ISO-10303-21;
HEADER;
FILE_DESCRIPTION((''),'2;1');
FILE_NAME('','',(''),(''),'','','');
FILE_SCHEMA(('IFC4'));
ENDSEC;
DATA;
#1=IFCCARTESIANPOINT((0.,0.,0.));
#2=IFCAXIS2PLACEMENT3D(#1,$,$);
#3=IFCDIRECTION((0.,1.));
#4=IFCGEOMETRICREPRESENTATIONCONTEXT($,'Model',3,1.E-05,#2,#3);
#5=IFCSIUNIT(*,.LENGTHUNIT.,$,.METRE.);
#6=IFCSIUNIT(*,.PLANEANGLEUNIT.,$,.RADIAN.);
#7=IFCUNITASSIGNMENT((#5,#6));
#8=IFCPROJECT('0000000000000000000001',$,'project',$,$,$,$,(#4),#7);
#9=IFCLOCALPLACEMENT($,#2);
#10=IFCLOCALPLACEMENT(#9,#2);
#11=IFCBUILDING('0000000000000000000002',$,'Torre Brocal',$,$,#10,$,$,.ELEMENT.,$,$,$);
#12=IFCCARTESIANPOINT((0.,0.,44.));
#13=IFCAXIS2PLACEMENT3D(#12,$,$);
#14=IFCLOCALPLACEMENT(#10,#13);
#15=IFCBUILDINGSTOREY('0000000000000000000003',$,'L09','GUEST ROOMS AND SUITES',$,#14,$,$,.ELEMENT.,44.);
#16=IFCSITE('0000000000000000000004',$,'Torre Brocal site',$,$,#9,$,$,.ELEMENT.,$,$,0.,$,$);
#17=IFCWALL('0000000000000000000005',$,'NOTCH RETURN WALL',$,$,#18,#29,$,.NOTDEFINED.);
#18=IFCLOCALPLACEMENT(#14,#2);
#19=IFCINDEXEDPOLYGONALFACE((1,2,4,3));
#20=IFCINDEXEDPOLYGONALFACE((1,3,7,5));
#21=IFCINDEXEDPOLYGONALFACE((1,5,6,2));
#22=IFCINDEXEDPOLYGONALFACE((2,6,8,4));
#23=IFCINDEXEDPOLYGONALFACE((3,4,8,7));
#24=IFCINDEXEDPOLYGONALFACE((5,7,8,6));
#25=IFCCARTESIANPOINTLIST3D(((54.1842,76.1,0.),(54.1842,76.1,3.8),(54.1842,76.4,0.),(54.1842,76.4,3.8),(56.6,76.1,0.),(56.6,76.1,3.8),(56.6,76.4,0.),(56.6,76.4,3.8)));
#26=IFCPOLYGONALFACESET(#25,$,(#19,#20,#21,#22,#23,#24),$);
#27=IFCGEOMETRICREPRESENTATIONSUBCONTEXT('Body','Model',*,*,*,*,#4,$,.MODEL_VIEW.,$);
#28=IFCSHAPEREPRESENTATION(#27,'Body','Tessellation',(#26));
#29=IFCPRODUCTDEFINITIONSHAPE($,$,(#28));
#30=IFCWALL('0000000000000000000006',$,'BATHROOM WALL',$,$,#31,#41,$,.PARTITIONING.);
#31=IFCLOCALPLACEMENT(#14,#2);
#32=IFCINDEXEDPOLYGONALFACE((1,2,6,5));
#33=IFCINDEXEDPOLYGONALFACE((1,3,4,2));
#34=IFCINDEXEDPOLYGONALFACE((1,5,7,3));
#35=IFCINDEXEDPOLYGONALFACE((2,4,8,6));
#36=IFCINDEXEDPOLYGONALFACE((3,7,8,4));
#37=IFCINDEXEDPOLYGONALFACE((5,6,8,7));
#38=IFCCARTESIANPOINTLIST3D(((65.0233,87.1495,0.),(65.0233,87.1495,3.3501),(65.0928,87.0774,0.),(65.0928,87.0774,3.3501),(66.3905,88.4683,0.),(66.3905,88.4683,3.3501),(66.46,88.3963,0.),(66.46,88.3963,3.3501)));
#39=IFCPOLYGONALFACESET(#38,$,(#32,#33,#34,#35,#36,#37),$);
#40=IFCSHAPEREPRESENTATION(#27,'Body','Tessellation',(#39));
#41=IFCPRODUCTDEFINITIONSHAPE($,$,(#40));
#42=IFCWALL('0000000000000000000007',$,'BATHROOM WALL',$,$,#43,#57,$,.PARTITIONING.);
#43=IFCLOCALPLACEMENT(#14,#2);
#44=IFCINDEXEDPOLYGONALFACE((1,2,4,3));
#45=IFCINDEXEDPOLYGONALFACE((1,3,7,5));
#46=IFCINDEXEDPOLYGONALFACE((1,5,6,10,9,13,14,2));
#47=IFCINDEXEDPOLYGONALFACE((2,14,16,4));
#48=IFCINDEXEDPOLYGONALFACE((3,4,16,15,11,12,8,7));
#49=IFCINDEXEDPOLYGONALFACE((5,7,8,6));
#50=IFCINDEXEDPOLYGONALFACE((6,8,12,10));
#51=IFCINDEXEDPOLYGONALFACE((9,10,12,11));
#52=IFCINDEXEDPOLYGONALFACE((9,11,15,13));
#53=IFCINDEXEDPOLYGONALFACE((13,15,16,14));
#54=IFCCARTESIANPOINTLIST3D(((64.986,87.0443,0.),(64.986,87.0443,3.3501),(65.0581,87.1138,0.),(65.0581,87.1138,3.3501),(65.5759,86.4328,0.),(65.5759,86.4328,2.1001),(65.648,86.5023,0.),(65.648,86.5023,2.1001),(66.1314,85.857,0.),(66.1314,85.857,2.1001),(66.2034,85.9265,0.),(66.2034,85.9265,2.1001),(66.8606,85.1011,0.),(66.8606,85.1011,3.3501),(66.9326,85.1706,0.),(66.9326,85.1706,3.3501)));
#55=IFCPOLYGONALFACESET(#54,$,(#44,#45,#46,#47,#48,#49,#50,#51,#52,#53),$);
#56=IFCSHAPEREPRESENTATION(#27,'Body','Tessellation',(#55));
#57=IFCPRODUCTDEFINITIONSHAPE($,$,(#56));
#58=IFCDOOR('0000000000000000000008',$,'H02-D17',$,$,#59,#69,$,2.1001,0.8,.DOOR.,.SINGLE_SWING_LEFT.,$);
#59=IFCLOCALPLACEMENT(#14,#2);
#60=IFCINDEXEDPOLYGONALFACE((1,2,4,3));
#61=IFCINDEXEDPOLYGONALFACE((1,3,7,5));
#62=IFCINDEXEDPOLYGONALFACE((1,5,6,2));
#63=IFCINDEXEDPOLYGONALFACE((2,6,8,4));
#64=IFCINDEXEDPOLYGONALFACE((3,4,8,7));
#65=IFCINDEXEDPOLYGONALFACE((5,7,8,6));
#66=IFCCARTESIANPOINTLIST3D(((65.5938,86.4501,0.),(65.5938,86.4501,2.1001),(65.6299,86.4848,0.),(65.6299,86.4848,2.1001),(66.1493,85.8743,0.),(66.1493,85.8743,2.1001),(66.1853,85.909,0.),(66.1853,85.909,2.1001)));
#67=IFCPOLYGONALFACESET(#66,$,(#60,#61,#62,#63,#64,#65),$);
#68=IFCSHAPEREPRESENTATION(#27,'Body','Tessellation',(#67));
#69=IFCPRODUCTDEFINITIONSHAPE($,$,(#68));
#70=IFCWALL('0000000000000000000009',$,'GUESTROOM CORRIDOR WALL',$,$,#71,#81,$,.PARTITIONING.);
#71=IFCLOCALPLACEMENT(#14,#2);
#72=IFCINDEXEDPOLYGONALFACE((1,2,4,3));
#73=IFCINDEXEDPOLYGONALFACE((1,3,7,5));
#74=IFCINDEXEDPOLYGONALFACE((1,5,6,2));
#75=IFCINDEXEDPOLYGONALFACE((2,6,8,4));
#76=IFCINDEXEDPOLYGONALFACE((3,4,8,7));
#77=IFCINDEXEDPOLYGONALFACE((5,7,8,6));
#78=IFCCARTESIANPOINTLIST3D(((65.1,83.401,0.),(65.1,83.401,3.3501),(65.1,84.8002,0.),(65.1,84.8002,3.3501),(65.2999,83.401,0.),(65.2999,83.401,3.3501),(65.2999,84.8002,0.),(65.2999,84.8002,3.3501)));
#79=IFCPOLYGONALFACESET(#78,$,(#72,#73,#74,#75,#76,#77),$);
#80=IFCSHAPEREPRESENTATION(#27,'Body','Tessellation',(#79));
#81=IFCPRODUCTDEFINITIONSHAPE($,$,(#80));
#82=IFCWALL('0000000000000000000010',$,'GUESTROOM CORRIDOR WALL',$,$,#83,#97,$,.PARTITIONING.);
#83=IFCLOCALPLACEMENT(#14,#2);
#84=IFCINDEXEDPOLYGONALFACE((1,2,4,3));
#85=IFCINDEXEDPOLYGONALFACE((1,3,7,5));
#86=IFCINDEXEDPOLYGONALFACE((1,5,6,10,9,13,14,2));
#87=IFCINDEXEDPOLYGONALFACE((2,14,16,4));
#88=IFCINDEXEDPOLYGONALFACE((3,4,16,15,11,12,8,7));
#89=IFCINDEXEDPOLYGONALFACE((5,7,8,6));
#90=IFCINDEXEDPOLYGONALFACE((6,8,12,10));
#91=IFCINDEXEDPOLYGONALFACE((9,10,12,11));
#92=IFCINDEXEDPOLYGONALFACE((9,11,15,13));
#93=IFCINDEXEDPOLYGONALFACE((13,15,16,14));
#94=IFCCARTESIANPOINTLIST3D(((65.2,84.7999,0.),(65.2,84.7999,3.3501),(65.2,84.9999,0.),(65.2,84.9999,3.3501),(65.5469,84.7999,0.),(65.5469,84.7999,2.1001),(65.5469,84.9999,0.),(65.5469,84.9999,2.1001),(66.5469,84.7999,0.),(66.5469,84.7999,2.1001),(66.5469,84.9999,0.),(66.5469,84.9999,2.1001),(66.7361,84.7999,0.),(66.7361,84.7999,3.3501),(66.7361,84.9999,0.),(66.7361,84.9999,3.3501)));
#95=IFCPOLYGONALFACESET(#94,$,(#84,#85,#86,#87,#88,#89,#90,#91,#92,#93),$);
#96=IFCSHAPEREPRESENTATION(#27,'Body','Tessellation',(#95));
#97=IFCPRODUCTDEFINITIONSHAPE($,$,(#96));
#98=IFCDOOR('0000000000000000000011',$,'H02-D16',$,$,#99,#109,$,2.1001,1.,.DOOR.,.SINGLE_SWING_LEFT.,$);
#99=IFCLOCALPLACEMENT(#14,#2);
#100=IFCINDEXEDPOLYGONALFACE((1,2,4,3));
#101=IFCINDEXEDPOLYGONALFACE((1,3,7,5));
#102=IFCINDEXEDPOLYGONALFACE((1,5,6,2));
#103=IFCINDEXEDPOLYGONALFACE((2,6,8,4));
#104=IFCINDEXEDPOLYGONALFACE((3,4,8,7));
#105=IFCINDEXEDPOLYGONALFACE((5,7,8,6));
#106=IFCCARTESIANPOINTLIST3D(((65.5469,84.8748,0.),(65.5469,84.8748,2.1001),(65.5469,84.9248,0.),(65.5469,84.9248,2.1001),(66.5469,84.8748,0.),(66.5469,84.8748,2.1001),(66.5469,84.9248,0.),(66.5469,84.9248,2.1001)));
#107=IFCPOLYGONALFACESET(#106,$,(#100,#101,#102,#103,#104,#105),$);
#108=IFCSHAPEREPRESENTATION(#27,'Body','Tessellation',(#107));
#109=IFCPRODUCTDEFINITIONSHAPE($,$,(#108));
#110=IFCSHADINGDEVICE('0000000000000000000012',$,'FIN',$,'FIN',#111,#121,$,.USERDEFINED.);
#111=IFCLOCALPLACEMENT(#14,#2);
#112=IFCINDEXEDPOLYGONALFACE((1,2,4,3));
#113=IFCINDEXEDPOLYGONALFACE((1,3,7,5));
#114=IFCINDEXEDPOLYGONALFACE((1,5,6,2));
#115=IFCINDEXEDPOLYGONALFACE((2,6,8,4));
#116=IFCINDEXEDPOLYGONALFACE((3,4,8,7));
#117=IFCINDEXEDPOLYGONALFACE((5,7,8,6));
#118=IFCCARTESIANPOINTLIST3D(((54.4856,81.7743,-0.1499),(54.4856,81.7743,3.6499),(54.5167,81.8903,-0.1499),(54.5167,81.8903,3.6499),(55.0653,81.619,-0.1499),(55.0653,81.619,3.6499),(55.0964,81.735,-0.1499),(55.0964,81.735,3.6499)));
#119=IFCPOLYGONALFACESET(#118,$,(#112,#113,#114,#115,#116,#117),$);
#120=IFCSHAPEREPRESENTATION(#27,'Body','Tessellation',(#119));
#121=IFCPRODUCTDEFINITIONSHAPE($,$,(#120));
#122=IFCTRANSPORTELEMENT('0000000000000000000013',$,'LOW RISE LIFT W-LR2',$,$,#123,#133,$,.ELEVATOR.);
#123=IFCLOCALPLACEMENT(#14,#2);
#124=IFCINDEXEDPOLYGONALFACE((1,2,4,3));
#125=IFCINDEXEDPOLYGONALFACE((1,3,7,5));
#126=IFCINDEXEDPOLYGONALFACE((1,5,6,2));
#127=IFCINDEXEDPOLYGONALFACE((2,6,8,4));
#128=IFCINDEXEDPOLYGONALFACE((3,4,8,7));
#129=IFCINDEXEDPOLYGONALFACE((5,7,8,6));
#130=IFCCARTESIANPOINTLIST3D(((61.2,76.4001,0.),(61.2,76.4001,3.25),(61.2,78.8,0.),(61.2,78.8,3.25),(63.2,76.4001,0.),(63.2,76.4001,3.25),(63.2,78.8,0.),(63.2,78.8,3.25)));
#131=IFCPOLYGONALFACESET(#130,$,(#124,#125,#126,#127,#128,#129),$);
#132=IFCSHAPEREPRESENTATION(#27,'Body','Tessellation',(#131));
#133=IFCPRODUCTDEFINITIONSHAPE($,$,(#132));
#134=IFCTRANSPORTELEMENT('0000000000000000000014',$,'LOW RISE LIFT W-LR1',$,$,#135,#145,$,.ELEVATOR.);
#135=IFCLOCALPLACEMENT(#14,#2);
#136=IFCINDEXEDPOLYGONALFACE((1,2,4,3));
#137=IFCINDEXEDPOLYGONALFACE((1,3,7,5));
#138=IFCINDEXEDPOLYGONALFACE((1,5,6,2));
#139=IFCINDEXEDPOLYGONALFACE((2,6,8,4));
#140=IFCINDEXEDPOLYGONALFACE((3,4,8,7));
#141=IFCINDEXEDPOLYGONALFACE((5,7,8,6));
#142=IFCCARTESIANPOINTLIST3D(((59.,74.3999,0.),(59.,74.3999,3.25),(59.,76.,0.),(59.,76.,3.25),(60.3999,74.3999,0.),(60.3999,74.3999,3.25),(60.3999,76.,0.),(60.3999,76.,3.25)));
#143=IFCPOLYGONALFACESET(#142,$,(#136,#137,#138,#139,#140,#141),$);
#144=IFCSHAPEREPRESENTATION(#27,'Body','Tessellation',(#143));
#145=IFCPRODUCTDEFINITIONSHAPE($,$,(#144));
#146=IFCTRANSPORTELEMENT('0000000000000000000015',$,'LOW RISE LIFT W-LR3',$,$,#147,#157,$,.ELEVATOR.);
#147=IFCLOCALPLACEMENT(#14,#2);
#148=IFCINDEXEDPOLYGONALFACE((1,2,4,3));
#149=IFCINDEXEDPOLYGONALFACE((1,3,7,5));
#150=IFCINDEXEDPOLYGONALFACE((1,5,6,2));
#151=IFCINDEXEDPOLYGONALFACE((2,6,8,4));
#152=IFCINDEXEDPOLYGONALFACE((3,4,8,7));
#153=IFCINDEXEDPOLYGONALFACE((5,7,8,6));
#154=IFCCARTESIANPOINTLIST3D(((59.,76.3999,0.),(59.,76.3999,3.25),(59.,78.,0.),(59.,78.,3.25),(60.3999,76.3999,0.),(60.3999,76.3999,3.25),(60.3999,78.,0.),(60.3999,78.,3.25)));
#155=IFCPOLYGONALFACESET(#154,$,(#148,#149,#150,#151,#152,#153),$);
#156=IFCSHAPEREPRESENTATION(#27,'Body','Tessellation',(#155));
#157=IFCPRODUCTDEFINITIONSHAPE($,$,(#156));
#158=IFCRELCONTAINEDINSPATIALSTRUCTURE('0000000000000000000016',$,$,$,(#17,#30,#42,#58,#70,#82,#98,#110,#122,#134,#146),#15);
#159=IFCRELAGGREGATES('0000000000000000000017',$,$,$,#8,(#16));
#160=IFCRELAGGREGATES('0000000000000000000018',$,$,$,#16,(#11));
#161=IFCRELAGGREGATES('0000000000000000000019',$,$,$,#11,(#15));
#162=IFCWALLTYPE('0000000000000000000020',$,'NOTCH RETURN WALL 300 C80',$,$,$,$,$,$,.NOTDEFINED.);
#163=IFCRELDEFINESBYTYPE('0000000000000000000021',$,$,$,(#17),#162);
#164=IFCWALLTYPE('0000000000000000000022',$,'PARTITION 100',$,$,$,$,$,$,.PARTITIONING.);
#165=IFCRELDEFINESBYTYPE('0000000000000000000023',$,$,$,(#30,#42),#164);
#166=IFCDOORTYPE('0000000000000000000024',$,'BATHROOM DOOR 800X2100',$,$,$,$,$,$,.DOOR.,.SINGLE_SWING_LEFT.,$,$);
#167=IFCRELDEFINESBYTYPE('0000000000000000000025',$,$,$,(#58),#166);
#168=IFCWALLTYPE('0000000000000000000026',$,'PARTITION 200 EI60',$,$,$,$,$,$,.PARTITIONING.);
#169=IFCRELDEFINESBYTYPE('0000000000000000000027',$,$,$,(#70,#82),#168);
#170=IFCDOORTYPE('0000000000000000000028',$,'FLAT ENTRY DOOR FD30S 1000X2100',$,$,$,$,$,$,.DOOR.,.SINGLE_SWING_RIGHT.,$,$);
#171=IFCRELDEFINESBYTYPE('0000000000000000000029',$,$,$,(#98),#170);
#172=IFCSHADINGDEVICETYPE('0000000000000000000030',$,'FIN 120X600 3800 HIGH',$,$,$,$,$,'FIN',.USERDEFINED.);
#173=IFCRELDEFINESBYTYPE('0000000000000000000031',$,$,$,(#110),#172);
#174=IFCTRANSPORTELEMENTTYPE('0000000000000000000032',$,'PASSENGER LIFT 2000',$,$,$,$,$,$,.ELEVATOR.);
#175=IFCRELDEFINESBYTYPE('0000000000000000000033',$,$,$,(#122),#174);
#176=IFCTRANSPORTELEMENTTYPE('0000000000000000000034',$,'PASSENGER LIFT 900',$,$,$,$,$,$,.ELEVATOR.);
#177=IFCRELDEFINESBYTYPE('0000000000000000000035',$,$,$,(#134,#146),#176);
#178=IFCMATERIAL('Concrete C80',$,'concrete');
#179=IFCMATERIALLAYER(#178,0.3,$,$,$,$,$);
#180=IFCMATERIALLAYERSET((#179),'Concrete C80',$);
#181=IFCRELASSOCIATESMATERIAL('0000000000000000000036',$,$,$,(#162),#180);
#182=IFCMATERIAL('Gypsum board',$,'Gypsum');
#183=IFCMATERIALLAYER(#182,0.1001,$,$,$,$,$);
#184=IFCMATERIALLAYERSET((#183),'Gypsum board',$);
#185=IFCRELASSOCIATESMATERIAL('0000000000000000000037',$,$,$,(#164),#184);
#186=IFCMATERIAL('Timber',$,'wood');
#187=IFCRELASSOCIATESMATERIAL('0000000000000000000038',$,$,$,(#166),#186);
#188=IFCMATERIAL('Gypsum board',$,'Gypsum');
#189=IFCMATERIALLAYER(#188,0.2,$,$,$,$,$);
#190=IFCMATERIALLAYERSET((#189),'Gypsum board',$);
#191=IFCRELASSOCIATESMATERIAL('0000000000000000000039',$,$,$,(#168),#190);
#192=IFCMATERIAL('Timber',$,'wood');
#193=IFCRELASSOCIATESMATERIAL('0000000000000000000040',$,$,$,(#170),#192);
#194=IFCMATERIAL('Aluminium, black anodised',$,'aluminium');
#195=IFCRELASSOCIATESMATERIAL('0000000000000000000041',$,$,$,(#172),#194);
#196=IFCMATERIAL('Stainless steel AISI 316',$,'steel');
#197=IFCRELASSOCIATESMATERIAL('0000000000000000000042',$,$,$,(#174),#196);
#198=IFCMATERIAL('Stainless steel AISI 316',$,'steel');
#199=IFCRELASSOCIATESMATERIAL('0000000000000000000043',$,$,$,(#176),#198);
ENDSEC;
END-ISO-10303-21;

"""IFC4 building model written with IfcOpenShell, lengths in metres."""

from ifc_helpers import new_model, si_unit, direction, frame, frame_2d, origin, origin_2d, place, context, subcontext, project, spatial, rectangle, extrude, material, layer, layer_set, material_profile, profile_set, type_object, element, fill, save


model = new_model("IFC4")

# Units and contexts
model_context = context("Model", 3, precision=1e-05, world=origin(), true_north=direction((0.0, 1.0)))
body_context = subcontext(model_context, "Body", "Model", "MODEL_VIEW")
ifc_project = project(units=[si_unit("LENGTHUNIT", "METRE"), si_unit("PLANEANGLEUNIT", "RADIAN")], contexts=[model_context])

# Site, building, storey
site_placement = place(None, origin())
site = spatial("IfcSite", under=ifc_project, at=site_placement, Name="Torre Brocal site", CompositionType="ELEMENT", RefElevation=0.0)
building_placement = place(site_placement, origin())
building = spatial("IfcBuilding", under=site, at=building_placement, Name="Torre Brocal", CompositionType="ELEMENT")
storey_placement = place(building_placement, frame((0.0, 0.0, 44.0)))
storey = spatial("IfcBuildingStorey", under=building, at=storey_placement, Name="L09", Description="GUEST ROOMS AND SUITES", CompositionType="ELEMENT", Elevation=44.0)

# Walls
ifc_material_1 = material(Name="Concrete C80", Category="concrete")
ifc_layer_1 = layer(ifc_material_1, 0.3)
ifc_layer_set_1 = layer_set([ifc_layer_1], Name="Concrete C80")
wall_type_1 = type_object("IfcWallType", Name="NOTCH RETURN WALL 300 C80", PredefinedType="NOTDEFINED", material=ifc_layer_set_1)
wall_1_placement = place(storey_placement, frame((56.6001, 76.25, 0.0), z_axis=(0.0, 0.0, 1.0), x_axis=(-1.0, 0.0, 0.0)))
element("IfcWall", 1, at=wall_1_placement, inside=storey, type_object=wall_type_1, Name="NOTCH RETURN WALL", PredefinedType="NOTDEFINED", context=body_context, shape_type="SweptSolid", body=[
    extrude(rectangle(XDim=2.4158, YDim=0.3, at=frame_2d((1.208, 0.0))), origin(), (0.0, 0.0, 1.0), 3.8),
])
ifc_material_2 = material(Name="Gypsum board", Category="Gypsum")
ifc_layer_2 = layer(ifc_material_2, 0.1001)
ifc_layer_set_2 = layer_set([ifc_layer_2], Name="Gypsum board")
wall_type_2 = type_object("IfcWallType", Name="PARTITION 100", PredefinedType="PARTITIONING", material=ifc_layer_set_2)
wall_2_placement = place(storey_placement, frame((65.0581, 87.1135, 0.0), z_axis=(0.0, 0.0, 1.0), x_axis=(0.719716, 0.694269, 0.0)))
element("IfcWall", 2, at=wall_2_placement, inside=storey, type_object=wall_type_2, Name="BATHROOM WALL", PredefinedType="PARTITIONING", context=body_context, shape_type="SweptSolid", body=[
    extrude(rectangle(XDim=1.8997, YDim=0.1001, at=frame_2d((0.9497, 0.0))), origin(), (0.0, 0.0, 1.0), 3.3501),
])

# Wall, opening, door
wall_3_placement = place(storey_placement, frame((65.022, 87.0791, 0.0), z_axis=(0.0, 0.0, 1.0), x_axis=(0.694288, -0.719697, 0.0)))
wall_3 = element("IfcWall", 3, at=wall_3_placement, inside=storey, type_object=wall_type_2, Name="BATHROOM WALL", PredefinedType="PARTITIONING", context=body_context, shape_type="SweptSolid", body=[
    extrude(rectangle(XDim=2.7, YDim=0.1001, at=frame_2d((1.3501, 0.0))), origin(), (0.0, 0.0, 1.0), 3.3501),
])
opening_1_placement = place(wall_3_placement, frame((0.8499, 0.0, 0.0)))
opening_1 = element("IfcOpeningElement", 4, at=opening_1_placement, cuts=wall_3, PredefinedType="OPENING", context=body_context, shape_type="SweptSolid", body=[
    extrude(rectangle(XDim=0.8, YDim=2.1001, at=frame_2d((0.3999, 1.05))), frame((0.0, 0.0601, 0.0), z_axis=(0.0, -1.0, 0.0), x_axis=(1.0, 0.0, 0.0)), (0.0, 0.0, 1.0), 0.1201),
])
ifc_material_3 = material(Name="Timber", Category="wood")
door_type_1 = type_object("IfcDoorType", Name="BATHROOM DOOR 800X2100", OperationType="SINGLE_SWING_LEFT", PredefinedType="DOOR", material=ifc_material_3)
door_1_placement = place(opening_1_placement, origin())
door_1 = element("IfcDoor", 5, at=door_1_placement, inside=storey, type_object=door_type_1, Name="H02-D17", OperationType="SINGLE_SWING_LEFT", OverallHeight=2.1001, OverallWidth=0.8, PredefinedType="DOOR", context=body_context, shape_type="SweptSolid", body=[
    extrude(rectangle(XDim=0.8, YDim=2.1001, at=frame_2d((0.3999, 1.05))), frame((0.0, 0.0249, 0.0), z_axis=(0.0, -1.0, 0.0), x_axis=(1.0, 0.0, 0.0)), (0.0, 0.0, 1.0), 0.05),
])
fill(opening_1, door_1)

# Wall
ifc_material_4 = material(Name="Gypsum board", Category="Gypsum")
ifc_layer_3 = layer(ifc_material_4, 0.2)
ifc_layer_set_3 = layer_set([ifc_layer_3], Name="Gypsum board")
wall_type_3 = type_object("IfcWallType", Name="PARTITION 200 EI60", PredefinedType="PARTITIONING", material=ifc_layer_set_3)
wall_4_placement = place(storey_placement, frame((65.2, 83.4009, 0.0), z_axis=(0.0, 0.0, 1.0), x_axis=(0.0, 1.0, 0.0)))
element("IfcWall", 6, at=wall_4_placement, inside=storey, type_object=wall_type_3, Name="GUESTROOM CORRIDOR WALL", PredefinedType="PARTITIONING", context=body_context, shape_type="SweptSolid", body=[
    extrude(rectangle(XDim=1.3992, YDim=0.2, at=frame_2d((0.6997, 0.0))), origin(), (0.0, 0.0, 1.0), 3.3501),
])

# Wall, opening, door
wall_5_placement = place(storey_placement, frame((65.2, 84.8999, 0.0), z_axis=(0.0, 0.0, 1.0), x_axis=(1.0, 0.0, 0.0)))
wall_5 = element("IfcWall", 7, at=wall_5_placement, inside=storey, type_object=wall_type_3, Name="GUESTROOM CORRIDOR WALL", PredefinedType="PARTITIONING", context=body_context, shape_type="SweptSolid", body=[
    extrude(rectangle(XDim=1.5361, YDim=0.2, at=frame_2d((0.7681, 0.0))), origin(), (0.0, 0.0, 1.0), 3.3501),
])
opening_2_placement = place(wall_5_placement, frame((0.3469, 0.0, 0.0)))
opening_2 = element("IfcOpeningElement", 8, at=opening_2_placement, cuts=wall_5, PredefinedType="OPENING", context=body_context, shape_type="SweptSolid", body=[
    extrude(rectangle(XDim=1.0, YDim=2.1001, at=frame_2d((0.5, 1.05))), frame((0.0, 0.1099, 0.0), z_axis=(0.0, -1.0, 0.0), x_axis=(1.0, 0.0, 0.0)), (0.0, 0.0, 1.0), 0.22),
])
ifc_material_5 = material(Name="Timber", Category="wood")
door_type_2 = type_object("IfcDoorType", Name="FLAT ENTRY DOOR FD30S 1000X2100", OperationType="SINGLE_SWING_RIGHT", PredefinedType="DOOR", material=ifc_material_5)
door_2_placement = place(opening_2_placement, origin())
door_2 = element("IfcDoor", 9, at=door_2_placement, inside=storey, type_object=door_type_2, Name="H02-D16", OperationType="SINGLE_SWING_LEFT", OverallHeight=2.1001, OverallWidth=1.0, PredefinedType="DOOR", context=body_context, shape_type="SweptSolid", body=[
    extrude(rectangle(XDim=1.0, YDim=2.1001, at=frame_2d((0.5, 1.05))), frame((0.0, 0.0249, 0.0), z_axis=(0.0, -1.0, 0.0), x_axis=(1.0, 0.0, 0.0)), (0.0, 0.0, 1.0), 0.05),
])
fill(opening_2, door_2)

# Shading device
ifc_material_6 = material(Name="Aluminium, black anodised", Category="aluminium")
ifc_material_profile_1 = material_profile(ifc_material_6, rectangle(XDim=0.1201, YDim=0.6001, at=origin_2d()), Name="FIN 120X600 3800 HIGH")
ifc_profile_set_1 = profile_set([ifc_material_profile_1], Name="Aluminium, black anodised")
shading_device_type = type_object("IfcShadingDeviceType", Name="FIN 120X600 3800 HIGH", ElementType="FIN", PredefinedType="USERDEFINED", material=ifc_profile_set_1)
shading_device_placement = place(storey_placement, frame((54.791, 81.7546, -0.1499), z_axis=(0.0, 0.0, 1.0), x_axis=(-0.258819, -0.965926, 0.0)))
element("IfcShadingDevice", 10, at=shading_device_placement, inside=storey, type_object=shading_device_type, Name="FIN", ObjectType="FIN", PredefinedType="USERDEFINED", context=body_context, shape_type="SweptSolid", body=[
    extrude(rectangle(XDim=0.1201, YDim=0.6001, at=origin_2d()), origin(), (0.0, 0.0, 1.0), 3.7998),
])

# Transport elements
ifc_material_7 = material(Name="Stainless steel AISI 316", Category="steel")
transport_element_type_1 = type_object("IfcTransportElementType", Name="PASSENGER LIFT 2000", PredefinedType="ELEVATOR", material=ifc_material_7)
transport_element_placement = place(storey_placement, frame((62.2, 77.6001, 0.0), z_axis=(0.0, 0.0, 1.0), x_axis=(1.0, 0.0, 0.0)))
element("IfcTransportElement", 11, at=transport_element_placement, inside=storey, type_object=transport_element_type_1, Name="LOW RISE LIFT W-LR2", PredefinedType="ELEVATOR", context=body_context, shape_type="SweptSolid", body=[
    extrude(rectangle(XDim=2.0, YDim=2.3999, at=origin_2d()), origin(), (0.0, 0.0, 1.0), 3.25),
])
ifc_material_8 = material(Name="Stainless steel AISI 316", Category="steel")
transport_element_type_2 = type_object("IfcTransportElementType", Name="PASSENGER LIFT 900", PredefinedType="ELEVATOR", material=ifc_material_8)
for number, where, z_axis, x_axis, name in (
    (12, (59.7, 75.2, 0.0), (0.0, 0.0, 1.0), (1.0, 0.0, 0.0), "LOW RISE LIFT W-LR1"),
    (13, (59.7, 77.2, 0.0), (0.0, 0.0, 1.0), (1.0, 0.0, 0.0), "LOW RISE LIFT W-LR3"),
):
    element("IfcTransportElement", number, at=place(storey_placement, frame(where, z_axis=z_axis, x_axis=x_axis)), inside=storey, type_object=transport_element_type_2, Name=name, PredefinedType="ELEVATOR", context=body_context, shape_type="SweptSolid", body=[
        extrude(rectangle(XDim=1.3999, YDim=1.6001, at=origin_2d()), origin(), (0.0, 0.0, 1.0), 3.25),
    ])

save(model, "model.ifc")
